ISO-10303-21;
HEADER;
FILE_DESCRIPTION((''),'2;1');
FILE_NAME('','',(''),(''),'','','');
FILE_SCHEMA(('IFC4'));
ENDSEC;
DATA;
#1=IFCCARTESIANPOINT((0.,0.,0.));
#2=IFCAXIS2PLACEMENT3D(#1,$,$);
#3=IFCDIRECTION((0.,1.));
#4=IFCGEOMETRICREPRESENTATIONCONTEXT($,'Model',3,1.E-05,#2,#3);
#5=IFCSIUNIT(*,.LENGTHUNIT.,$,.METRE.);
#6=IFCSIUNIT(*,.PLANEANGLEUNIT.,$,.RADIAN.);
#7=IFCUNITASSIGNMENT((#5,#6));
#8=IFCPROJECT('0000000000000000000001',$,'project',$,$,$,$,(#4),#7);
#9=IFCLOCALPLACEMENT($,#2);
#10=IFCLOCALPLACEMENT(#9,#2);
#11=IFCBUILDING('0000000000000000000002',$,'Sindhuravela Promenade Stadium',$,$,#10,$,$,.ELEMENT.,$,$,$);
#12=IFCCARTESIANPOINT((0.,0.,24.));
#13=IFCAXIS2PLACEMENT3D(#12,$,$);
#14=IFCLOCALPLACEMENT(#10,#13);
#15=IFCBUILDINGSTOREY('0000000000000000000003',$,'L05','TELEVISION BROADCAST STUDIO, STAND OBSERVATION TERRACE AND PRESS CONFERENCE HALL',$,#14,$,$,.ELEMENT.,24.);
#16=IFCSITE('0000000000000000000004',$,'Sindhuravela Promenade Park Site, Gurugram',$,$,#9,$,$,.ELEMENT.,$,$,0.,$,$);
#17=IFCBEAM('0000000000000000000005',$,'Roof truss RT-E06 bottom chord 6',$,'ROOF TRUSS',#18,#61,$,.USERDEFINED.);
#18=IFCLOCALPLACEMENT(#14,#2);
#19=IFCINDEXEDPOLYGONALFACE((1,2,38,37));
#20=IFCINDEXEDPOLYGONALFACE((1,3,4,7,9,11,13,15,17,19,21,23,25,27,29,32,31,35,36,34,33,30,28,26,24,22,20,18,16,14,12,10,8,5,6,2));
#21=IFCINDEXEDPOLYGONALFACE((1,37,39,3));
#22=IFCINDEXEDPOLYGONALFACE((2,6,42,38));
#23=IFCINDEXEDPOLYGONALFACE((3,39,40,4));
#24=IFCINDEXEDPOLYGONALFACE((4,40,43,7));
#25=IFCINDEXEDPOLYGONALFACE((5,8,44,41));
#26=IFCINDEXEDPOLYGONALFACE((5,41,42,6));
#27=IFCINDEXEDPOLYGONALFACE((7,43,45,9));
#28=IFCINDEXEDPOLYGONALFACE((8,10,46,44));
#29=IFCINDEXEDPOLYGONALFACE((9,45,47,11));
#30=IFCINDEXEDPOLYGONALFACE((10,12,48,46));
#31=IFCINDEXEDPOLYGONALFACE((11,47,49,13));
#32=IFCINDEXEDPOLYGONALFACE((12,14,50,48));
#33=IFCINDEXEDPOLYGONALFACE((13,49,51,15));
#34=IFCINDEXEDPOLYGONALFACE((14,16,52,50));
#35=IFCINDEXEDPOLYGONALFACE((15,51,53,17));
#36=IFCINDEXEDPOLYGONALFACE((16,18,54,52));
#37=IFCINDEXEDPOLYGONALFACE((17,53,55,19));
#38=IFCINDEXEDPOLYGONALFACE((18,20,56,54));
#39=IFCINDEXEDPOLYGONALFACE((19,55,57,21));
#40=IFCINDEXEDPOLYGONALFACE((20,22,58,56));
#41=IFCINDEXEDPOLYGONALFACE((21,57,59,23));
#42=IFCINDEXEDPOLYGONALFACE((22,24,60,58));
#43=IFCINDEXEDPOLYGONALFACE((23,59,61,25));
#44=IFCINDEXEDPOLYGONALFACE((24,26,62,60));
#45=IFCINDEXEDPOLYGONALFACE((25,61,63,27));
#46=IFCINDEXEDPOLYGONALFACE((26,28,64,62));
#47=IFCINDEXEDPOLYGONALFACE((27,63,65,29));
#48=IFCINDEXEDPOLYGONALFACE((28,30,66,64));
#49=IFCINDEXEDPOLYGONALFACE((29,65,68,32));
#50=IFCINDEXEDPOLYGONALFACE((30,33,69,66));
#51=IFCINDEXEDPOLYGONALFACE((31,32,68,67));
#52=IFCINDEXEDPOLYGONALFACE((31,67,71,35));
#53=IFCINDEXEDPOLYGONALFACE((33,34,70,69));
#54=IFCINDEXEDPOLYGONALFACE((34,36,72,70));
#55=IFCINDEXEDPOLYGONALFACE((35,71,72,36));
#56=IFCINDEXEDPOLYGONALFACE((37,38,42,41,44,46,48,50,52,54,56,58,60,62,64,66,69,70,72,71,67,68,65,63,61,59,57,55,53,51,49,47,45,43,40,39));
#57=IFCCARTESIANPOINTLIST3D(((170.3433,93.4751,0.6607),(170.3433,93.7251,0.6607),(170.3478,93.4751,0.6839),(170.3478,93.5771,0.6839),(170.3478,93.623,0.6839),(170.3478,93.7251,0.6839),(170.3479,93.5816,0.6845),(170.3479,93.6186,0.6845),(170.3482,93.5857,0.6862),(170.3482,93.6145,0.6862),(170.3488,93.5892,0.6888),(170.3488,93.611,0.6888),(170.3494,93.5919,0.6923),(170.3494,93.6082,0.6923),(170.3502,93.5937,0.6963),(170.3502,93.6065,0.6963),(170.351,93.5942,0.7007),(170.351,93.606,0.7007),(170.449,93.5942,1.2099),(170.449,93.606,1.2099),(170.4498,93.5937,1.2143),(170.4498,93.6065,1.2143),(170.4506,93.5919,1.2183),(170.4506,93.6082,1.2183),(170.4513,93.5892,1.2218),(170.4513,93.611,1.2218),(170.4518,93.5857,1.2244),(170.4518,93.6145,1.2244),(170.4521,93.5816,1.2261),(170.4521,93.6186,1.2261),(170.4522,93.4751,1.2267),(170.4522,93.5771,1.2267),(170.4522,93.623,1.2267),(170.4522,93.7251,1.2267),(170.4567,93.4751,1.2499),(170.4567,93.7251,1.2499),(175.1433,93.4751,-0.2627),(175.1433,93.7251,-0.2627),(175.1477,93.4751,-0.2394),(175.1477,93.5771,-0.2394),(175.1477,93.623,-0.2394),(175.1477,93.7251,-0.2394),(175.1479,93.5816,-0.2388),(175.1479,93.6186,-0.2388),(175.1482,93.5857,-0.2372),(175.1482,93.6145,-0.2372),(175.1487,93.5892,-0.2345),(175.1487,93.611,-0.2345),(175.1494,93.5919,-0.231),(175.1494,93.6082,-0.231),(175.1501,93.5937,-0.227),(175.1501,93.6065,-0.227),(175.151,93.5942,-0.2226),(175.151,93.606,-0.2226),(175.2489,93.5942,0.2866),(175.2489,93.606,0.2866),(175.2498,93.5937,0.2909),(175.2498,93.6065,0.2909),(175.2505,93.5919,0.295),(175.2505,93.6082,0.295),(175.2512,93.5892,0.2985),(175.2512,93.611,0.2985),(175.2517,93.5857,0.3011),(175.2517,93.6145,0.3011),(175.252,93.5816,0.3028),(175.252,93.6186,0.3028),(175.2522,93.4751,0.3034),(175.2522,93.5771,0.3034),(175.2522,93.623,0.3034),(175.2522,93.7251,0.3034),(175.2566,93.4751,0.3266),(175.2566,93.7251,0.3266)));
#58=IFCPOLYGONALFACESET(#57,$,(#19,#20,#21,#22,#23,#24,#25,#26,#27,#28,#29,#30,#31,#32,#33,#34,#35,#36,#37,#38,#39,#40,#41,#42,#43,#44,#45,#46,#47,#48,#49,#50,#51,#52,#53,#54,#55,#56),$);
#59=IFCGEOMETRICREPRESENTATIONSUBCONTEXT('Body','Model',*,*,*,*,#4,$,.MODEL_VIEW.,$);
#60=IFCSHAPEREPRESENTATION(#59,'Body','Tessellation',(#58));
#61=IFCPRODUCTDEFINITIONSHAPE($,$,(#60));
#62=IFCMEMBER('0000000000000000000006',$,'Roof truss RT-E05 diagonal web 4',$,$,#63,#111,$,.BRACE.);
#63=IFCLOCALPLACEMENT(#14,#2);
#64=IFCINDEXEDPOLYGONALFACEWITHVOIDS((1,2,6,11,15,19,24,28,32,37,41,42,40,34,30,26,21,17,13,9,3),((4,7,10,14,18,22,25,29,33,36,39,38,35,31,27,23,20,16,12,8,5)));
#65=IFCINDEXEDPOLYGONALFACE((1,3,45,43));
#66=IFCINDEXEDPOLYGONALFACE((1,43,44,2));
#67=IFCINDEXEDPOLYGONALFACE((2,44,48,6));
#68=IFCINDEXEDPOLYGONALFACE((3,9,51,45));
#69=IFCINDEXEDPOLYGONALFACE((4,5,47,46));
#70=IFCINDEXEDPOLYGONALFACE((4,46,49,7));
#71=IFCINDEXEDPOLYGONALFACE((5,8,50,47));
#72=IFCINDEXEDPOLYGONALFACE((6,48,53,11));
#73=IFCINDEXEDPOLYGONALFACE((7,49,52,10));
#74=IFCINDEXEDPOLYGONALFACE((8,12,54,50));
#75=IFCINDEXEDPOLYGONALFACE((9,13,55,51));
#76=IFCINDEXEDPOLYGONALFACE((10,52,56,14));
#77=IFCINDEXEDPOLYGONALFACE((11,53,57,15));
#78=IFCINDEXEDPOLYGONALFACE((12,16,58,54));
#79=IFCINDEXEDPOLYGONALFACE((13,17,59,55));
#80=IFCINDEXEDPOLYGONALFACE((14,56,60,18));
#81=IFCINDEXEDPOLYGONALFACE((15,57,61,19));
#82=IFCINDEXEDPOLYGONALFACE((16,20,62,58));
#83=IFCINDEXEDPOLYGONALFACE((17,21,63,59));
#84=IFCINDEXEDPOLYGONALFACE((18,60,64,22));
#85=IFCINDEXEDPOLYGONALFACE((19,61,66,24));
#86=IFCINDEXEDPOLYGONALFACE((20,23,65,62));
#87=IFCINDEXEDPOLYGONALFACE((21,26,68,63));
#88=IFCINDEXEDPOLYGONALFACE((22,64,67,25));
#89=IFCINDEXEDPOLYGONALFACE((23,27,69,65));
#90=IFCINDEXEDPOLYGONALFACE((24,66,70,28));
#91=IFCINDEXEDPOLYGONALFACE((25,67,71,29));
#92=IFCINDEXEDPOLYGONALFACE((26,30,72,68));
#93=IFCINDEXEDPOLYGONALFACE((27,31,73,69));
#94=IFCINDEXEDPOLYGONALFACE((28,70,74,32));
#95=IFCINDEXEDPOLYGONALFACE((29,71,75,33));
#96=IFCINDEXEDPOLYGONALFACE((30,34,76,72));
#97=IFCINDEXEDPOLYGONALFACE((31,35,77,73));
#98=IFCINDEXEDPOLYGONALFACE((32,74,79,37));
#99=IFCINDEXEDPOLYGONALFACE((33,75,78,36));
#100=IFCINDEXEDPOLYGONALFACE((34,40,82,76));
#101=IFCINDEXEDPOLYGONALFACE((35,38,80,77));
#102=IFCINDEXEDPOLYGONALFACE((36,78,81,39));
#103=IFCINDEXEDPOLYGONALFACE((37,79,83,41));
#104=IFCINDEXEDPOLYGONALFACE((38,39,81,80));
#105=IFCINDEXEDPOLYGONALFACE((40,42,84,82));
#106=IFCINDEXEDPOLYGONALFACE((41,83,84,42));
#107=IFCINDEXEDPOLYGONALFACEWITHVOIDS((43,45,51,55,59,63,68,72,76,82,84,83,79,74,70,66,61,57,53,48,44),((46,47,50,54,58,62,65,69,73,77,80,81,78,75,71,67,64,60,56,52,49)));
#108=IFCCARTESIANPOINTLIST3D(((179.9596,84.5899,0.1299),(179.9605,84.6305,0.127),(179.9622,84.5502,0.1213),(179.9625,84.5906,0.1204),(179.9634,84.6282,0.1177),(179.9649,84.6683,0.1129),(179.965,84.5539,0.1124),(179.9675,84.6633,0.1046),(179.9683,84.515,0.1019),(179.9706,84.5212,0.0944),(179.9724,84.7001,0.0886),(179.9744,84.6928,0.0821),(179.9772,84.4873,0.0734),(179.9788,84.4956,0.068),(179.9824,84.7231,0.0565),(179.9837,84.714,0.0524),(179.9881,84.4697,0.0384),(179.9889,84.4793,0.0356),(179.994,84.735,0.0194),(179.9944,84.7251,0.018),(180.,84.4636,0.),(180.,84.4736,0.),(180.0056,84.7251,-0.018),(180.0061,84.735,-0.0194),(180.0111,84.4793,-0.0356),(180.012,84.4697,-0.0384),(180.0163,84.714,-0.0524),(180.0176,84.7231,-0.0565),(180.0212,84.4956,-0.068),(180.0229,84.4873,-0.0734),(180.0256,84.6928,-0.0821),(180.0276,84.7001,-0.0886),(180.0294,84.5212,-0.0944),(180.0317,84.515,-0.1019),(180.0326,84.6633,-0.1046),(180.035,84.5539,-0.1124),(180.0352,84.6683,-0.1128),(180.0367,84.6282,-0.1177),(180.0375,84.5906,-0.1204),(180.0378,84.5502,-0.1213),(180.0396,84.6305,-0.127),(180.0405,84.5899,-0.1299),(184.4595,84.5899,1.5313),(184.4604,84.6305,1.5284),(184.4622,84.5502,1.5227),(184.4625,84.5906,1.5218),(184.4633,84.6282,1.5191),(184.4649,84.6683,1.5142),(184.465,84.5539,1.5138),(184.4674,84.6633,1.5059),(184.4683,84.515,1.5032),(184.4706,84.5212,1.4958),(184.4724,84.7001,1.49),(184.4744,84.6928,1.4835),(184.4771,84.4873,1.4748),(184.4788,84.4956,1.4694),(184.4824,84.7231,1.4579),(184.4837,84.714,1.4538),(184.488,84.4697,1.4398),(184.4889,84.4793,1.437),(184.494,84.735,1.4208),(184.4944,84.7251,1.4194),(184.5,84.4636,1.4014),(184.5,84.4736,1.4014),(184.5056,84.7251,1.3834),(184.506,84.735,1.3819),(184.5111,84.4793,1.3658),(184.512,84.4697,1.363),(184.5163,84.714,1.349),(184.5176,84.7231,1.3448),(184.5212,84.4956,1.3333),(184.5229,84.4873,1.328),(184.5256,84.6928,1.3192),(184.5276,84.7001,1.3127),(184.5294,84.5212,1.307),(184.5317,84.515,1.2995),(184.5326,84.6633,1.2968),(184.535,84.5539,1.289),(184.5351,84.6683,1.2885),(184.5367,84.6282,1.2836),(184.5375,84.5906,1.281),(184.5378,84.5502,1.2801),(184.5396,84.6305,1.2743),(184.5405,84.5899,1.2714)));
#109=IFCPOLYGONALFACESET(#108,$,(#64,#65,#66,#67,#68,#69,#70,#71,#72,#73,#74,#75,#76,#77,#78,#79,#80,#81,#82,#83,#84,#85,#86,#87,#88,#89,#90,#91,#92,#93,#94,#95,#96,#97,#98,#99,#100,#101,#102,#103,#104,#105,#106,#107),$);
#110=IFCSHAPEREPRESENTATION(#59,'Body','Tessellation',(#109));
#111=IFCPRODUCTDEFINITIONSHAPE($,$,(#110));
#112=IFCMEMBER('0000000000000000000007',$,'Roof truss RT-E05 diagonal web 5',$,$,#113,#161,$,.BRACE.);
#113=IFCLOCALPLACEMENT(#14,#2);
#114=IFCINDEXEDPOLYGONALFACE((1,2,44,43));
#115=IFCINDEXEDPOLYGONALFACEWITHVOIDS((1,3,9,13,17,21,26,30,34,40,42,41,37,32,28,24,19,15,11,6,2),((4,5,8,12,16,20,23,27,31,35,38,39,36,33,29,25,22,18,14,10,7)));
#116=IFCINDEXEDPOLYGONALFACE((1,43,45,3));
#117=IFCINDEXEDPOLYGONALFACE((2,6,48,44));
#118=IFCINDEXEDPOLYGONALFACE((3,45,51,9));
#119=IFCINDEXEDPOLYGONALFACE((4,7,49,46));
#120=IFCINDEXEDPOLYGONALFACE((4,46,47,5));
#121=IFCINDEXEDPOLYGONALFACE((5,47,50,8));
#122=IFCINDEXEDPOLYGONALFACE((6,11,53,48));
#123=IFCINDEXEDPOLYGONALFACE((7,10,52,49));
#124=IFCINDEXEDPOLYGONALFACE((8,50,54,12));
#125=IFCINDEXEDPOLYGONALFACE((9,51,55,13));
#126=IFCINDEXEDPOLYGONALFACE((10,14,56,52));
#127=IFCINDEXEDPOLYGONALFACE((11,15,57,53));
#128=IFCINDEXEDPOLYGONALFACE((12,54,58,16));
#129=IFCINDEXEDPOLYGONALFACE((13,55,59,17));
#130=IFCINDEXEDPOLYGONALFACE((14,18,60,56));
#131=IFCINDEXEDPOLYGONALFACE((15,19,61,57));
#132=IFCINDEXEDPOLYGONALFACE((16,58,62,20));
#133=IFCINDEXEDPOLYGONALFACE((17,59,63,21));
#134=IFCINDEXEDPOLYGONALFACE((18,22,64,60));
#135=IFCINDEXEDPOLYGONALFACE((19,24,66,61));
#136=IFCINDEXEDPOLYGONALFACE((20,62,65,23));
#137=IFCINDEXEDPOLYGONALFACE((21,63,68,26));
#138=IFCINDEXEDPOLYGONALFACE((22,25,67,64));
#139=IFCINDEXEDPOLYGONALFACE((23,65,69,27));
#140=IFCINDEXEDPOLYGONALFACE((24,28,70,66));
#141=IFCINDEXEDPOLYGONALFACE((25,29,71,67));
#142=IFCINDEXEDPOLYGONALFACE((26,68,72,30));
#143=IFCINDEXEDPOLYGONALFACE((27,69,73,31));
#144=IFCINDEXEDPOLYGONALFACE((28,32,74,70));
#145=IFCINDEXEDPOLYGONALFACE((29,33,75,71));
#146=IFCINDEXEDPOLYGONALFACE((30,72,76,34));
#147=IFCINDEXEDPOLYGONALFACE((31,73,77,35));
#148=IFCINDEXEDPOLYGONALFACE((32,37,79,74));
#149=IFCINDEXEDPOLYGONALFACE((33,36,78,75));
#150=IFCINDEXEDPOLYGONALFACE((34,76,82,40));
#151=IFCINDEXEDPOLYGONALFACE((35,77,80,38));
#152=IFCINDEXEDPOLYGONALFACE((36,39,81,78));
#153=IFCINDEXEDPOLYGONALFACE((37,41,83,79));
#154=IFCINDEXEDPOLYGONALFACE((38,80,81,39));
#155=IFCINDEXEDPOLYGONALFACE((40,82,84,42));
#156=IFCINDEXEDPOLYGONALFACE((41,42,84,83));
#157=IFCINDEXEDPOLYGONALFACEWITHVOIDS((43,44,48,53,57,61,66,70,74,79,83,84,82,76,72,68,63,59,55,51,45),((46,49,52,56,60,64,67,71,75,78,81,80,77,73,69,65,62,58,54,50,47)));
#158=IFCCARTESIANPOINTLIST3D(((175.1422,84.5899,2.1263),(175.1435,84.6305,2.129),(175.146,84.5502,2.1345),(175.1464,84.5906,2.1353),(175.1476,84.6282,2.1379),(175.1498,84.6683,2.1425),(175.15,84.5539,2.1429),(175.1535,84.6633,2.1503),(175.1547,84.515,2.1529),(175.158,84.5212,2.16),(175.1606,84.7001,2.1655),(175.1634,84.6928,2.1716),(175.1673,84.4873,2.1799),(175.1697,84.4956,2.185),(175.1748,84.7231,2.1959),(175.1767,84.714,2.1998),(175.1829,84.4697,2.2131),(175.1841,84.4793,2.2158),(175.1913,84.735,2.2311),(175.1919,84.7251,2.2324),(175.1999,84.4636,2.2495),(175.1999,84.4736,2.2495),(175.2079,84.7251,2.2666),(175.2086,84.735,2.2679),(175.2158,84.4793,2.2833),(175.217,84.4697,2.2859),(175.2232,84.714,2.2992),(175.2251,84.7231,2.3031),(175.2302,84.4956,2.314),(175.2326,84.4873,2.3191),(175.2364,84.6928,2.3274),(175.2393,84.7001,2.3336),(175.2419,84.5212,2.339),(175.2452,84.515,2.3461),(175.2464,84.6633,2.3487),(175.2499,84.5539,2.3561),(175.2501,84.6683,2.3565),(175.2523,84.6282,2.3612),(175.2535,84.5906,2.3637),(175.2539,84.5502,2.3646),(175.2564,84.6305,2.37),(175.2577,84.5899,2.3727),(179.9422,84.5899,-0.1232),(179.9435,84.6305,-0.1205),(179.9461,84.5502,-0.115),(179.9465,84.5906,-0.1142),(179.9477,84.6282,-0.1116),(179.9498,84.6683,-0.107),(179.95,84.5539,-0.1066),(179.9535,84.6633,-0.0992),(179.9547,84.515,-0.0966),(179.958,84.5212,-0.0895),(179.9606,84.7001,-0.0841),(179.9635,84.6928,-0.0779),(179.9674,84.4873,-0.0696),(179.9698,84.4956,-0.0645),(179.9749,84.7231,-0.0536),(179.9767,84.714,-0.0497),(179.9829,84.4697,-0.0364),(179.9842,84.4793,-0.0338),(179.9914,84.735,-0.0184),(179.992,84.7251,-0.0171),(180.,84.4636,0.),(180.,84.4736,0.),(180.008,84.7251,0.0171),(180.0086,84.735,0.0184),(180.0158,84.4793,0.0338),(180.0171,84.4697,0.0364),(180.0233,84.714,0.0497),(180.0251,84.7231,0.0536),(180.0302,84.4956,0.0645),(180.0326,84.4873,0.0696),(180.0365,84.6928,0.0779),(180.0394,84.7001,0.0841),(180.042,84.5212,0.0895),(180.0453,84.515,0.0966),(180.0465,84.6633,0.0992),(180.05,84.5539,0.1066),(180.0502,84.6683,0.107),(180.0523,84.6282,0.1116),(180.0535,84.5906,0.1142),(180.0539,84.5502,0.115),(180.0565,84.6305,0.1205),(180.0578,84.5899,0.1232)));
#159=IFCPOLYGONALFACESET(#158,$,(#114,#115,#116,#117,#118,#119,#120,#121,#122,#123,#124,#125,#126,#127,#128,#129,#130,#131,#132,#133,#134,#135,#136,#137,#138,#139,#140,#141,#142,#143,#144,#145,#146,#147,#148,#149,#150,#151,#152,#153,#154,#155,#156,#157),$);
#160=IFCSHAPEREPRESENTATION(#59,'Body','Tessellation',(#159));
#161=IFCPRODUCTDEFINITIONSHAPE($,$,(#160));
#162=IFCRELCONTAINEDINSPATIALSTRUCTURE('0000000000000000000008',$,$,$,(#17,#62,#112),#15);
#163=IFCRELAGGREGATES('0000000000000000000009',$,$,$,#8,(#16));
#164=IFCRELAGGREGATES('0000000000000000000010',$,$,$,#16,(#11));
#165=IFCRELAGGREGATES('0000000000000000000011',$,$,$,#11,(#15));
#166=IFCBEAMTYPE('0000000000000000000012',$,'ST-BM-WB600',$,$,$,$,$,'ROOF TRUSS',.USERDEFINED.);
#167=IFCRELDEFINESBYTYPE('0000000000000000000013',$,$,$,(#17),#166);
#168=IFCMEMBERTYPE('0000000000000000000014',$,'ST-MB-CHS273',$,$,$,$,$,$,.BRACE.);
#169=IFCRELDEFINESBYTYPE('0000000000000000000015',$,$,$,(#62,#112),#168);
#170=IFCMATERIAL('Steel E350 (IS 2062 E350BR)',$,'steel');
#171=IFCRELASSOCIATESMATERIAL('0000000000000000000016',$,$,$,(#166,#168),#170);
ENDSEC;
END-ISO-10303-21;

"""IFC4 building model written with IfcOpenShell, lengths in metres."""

from ifc_helpers import new_model, si_unit, direction, frame, origin, origin_2d, place, context, subcontext, project, spatial, hollow_circle, i_section, extrude, material, material_profile, profile_set, type_object, element, save


model = new_model("IFC4")

# Units and contexts
model_context = context("Model", 3, precision=1e-05, world=origin(), true_north=direction((0.0, 1.0)))
body_context = subcontext(model_context, "Body", "Model", "MODEL_VIEW")
ifc_project = project(units=[si_unit("LENGTHUNIT", "METRE"), si_unit("PLANEANGLEUNIT", "RADIAN")], contexts=[model_context])

# Site, building, storey
site_placement = place(None, origin())
site = spatial("IfcSite", under=ifc_project, at=site_placement, Name="Sindhuravela Promenade Park Site, Gurugram", CompositionType="ELEMENT", RefElevation=0.0)
building_placement = place(site_placement, origin())
building = spatial("IfcBuilding", under=site, at=building_placement, Name="Sindhuravela Promenade Stadium", CompositionType="ELEMENT")
storey_placement = place(building_placement, frame((0.0, 0.0, 24.0)))
storey = spatial("IfcBuildingStorey", under=building, at=storey_placement, Name="L05", Description="TELEVISION BROADCAST STUDIO, STAND OBSERVATION TERRACE AND PRESS CONFERENCE HALL", CompositionType="ELEMENT", Elevation=24.0)

# Beam
ifc_material_1 = material(Name="Steel E350 (IS 2062 E350BR)", Category="steel")
ifc_material_profile_1 = material_profile(ifc_material_1, i_section(OverallWidth=0.25, OverallDepth=0.6001, WebThickness=0.0117, FlangeThickness=0.0237, FilletRadius=0.0171, at=origin_2d()), Name="ISWB 600")
ifc_profile_set_1 = profile_set([ifc_material_profile_1], Name="Steel E350 (IS 2062 E350BR)")
beam_type_1 = type_object("IfcBeamType", Name="ST-BM-WB600", ElementType="ROOF TRUSS", PredefinedType="USERDEFINED", material=ifc_profile_set_1)
beam_1_placement = place(storey_placement, frame((175.2, 93.6001, 0.032), z_axis=(-0.981997, 0.0, 0.188897), x_axis=(0.0, -1.0, 0.0)))
element("IfcBeam", 1, at=beam_1_placement, inside=storey, type_object=beam_type_1, Name="Roof truss RT-E06 bottom chord 6", ObjectType="ROOF TRUSS", PredefinedType="USERDEFINED", context=body_context, shape_type="SweptSolid", body=[
    extrude(i_section(OverallWidth=0.25, OverallDepth=0.6001, WebThickness=0.0117, FlangeThickness=0.0237, FilletRadius=0.0171, at=origin_2d()), origin(), (0.0, 0.0, 1.0), 4.8879),
])

# Members
ifc_material_profile_2 = material_profile(ifc_material_1, hollow_circle(Radius=0.1365, WallThickness=0.01, at=origin_2d()), Name="CHS 273.0x10")
ifc_profile_set_2 = profile_set([ifc_material_profile_2], Name="Steel E350 (IS 2062 E350BR)")
member_type_1 = type_object("IfcMemberType", Name="ST-MB-CHS273", PredefinedType="BRACE", material=ifc_profile_set_2)
member_1_placement = place(storey_placement, frame((184.5, 84.6001, 1.4014), z_axis=(-0.954774, 0.0, -0.297331), x_axis=(0.0, -1.0, 0.0)))
element("IfcMember", 2, at=member_1_placement, inside=storey, type_object=member_type_1, Name="Roof truss RT-E05 diagonal web 4", PredefinedType="BRACE", context=body_context, shape_type="SweptSolid", body=[
    extrude(hollow_circle(Radius=0.1365, WallThickness=0.01, at=origin_2d()), origin(), (0.0, 0.0, 1.0), 4.7131),
])
for number, where, z_axis, x_axis, name in (
    (3, (180.0, 84.6001, 0.0), (-0.905496, 0.0, 0.424355), (0.0, -1.0, 0.0), "Roof truss RT-E05 diagonal web 5"),
):
    element("IfcMember", number, at=place(storey_placement, frame(where, z_axis=z_axis, x_axis=x_axis)), inside=storey, type_object=member_type_1, Name=name, PredefinedType="BRACE", context=body_context, shape_type="SweptSolid", body=[
        extrude(hollow_circle(Radius=0.1365, WallThickness=0.01, at=origin_2d()), origin(), (0.0, 0.0, 1.0), 5.301),
    ])

save(model, "model.ifc")
